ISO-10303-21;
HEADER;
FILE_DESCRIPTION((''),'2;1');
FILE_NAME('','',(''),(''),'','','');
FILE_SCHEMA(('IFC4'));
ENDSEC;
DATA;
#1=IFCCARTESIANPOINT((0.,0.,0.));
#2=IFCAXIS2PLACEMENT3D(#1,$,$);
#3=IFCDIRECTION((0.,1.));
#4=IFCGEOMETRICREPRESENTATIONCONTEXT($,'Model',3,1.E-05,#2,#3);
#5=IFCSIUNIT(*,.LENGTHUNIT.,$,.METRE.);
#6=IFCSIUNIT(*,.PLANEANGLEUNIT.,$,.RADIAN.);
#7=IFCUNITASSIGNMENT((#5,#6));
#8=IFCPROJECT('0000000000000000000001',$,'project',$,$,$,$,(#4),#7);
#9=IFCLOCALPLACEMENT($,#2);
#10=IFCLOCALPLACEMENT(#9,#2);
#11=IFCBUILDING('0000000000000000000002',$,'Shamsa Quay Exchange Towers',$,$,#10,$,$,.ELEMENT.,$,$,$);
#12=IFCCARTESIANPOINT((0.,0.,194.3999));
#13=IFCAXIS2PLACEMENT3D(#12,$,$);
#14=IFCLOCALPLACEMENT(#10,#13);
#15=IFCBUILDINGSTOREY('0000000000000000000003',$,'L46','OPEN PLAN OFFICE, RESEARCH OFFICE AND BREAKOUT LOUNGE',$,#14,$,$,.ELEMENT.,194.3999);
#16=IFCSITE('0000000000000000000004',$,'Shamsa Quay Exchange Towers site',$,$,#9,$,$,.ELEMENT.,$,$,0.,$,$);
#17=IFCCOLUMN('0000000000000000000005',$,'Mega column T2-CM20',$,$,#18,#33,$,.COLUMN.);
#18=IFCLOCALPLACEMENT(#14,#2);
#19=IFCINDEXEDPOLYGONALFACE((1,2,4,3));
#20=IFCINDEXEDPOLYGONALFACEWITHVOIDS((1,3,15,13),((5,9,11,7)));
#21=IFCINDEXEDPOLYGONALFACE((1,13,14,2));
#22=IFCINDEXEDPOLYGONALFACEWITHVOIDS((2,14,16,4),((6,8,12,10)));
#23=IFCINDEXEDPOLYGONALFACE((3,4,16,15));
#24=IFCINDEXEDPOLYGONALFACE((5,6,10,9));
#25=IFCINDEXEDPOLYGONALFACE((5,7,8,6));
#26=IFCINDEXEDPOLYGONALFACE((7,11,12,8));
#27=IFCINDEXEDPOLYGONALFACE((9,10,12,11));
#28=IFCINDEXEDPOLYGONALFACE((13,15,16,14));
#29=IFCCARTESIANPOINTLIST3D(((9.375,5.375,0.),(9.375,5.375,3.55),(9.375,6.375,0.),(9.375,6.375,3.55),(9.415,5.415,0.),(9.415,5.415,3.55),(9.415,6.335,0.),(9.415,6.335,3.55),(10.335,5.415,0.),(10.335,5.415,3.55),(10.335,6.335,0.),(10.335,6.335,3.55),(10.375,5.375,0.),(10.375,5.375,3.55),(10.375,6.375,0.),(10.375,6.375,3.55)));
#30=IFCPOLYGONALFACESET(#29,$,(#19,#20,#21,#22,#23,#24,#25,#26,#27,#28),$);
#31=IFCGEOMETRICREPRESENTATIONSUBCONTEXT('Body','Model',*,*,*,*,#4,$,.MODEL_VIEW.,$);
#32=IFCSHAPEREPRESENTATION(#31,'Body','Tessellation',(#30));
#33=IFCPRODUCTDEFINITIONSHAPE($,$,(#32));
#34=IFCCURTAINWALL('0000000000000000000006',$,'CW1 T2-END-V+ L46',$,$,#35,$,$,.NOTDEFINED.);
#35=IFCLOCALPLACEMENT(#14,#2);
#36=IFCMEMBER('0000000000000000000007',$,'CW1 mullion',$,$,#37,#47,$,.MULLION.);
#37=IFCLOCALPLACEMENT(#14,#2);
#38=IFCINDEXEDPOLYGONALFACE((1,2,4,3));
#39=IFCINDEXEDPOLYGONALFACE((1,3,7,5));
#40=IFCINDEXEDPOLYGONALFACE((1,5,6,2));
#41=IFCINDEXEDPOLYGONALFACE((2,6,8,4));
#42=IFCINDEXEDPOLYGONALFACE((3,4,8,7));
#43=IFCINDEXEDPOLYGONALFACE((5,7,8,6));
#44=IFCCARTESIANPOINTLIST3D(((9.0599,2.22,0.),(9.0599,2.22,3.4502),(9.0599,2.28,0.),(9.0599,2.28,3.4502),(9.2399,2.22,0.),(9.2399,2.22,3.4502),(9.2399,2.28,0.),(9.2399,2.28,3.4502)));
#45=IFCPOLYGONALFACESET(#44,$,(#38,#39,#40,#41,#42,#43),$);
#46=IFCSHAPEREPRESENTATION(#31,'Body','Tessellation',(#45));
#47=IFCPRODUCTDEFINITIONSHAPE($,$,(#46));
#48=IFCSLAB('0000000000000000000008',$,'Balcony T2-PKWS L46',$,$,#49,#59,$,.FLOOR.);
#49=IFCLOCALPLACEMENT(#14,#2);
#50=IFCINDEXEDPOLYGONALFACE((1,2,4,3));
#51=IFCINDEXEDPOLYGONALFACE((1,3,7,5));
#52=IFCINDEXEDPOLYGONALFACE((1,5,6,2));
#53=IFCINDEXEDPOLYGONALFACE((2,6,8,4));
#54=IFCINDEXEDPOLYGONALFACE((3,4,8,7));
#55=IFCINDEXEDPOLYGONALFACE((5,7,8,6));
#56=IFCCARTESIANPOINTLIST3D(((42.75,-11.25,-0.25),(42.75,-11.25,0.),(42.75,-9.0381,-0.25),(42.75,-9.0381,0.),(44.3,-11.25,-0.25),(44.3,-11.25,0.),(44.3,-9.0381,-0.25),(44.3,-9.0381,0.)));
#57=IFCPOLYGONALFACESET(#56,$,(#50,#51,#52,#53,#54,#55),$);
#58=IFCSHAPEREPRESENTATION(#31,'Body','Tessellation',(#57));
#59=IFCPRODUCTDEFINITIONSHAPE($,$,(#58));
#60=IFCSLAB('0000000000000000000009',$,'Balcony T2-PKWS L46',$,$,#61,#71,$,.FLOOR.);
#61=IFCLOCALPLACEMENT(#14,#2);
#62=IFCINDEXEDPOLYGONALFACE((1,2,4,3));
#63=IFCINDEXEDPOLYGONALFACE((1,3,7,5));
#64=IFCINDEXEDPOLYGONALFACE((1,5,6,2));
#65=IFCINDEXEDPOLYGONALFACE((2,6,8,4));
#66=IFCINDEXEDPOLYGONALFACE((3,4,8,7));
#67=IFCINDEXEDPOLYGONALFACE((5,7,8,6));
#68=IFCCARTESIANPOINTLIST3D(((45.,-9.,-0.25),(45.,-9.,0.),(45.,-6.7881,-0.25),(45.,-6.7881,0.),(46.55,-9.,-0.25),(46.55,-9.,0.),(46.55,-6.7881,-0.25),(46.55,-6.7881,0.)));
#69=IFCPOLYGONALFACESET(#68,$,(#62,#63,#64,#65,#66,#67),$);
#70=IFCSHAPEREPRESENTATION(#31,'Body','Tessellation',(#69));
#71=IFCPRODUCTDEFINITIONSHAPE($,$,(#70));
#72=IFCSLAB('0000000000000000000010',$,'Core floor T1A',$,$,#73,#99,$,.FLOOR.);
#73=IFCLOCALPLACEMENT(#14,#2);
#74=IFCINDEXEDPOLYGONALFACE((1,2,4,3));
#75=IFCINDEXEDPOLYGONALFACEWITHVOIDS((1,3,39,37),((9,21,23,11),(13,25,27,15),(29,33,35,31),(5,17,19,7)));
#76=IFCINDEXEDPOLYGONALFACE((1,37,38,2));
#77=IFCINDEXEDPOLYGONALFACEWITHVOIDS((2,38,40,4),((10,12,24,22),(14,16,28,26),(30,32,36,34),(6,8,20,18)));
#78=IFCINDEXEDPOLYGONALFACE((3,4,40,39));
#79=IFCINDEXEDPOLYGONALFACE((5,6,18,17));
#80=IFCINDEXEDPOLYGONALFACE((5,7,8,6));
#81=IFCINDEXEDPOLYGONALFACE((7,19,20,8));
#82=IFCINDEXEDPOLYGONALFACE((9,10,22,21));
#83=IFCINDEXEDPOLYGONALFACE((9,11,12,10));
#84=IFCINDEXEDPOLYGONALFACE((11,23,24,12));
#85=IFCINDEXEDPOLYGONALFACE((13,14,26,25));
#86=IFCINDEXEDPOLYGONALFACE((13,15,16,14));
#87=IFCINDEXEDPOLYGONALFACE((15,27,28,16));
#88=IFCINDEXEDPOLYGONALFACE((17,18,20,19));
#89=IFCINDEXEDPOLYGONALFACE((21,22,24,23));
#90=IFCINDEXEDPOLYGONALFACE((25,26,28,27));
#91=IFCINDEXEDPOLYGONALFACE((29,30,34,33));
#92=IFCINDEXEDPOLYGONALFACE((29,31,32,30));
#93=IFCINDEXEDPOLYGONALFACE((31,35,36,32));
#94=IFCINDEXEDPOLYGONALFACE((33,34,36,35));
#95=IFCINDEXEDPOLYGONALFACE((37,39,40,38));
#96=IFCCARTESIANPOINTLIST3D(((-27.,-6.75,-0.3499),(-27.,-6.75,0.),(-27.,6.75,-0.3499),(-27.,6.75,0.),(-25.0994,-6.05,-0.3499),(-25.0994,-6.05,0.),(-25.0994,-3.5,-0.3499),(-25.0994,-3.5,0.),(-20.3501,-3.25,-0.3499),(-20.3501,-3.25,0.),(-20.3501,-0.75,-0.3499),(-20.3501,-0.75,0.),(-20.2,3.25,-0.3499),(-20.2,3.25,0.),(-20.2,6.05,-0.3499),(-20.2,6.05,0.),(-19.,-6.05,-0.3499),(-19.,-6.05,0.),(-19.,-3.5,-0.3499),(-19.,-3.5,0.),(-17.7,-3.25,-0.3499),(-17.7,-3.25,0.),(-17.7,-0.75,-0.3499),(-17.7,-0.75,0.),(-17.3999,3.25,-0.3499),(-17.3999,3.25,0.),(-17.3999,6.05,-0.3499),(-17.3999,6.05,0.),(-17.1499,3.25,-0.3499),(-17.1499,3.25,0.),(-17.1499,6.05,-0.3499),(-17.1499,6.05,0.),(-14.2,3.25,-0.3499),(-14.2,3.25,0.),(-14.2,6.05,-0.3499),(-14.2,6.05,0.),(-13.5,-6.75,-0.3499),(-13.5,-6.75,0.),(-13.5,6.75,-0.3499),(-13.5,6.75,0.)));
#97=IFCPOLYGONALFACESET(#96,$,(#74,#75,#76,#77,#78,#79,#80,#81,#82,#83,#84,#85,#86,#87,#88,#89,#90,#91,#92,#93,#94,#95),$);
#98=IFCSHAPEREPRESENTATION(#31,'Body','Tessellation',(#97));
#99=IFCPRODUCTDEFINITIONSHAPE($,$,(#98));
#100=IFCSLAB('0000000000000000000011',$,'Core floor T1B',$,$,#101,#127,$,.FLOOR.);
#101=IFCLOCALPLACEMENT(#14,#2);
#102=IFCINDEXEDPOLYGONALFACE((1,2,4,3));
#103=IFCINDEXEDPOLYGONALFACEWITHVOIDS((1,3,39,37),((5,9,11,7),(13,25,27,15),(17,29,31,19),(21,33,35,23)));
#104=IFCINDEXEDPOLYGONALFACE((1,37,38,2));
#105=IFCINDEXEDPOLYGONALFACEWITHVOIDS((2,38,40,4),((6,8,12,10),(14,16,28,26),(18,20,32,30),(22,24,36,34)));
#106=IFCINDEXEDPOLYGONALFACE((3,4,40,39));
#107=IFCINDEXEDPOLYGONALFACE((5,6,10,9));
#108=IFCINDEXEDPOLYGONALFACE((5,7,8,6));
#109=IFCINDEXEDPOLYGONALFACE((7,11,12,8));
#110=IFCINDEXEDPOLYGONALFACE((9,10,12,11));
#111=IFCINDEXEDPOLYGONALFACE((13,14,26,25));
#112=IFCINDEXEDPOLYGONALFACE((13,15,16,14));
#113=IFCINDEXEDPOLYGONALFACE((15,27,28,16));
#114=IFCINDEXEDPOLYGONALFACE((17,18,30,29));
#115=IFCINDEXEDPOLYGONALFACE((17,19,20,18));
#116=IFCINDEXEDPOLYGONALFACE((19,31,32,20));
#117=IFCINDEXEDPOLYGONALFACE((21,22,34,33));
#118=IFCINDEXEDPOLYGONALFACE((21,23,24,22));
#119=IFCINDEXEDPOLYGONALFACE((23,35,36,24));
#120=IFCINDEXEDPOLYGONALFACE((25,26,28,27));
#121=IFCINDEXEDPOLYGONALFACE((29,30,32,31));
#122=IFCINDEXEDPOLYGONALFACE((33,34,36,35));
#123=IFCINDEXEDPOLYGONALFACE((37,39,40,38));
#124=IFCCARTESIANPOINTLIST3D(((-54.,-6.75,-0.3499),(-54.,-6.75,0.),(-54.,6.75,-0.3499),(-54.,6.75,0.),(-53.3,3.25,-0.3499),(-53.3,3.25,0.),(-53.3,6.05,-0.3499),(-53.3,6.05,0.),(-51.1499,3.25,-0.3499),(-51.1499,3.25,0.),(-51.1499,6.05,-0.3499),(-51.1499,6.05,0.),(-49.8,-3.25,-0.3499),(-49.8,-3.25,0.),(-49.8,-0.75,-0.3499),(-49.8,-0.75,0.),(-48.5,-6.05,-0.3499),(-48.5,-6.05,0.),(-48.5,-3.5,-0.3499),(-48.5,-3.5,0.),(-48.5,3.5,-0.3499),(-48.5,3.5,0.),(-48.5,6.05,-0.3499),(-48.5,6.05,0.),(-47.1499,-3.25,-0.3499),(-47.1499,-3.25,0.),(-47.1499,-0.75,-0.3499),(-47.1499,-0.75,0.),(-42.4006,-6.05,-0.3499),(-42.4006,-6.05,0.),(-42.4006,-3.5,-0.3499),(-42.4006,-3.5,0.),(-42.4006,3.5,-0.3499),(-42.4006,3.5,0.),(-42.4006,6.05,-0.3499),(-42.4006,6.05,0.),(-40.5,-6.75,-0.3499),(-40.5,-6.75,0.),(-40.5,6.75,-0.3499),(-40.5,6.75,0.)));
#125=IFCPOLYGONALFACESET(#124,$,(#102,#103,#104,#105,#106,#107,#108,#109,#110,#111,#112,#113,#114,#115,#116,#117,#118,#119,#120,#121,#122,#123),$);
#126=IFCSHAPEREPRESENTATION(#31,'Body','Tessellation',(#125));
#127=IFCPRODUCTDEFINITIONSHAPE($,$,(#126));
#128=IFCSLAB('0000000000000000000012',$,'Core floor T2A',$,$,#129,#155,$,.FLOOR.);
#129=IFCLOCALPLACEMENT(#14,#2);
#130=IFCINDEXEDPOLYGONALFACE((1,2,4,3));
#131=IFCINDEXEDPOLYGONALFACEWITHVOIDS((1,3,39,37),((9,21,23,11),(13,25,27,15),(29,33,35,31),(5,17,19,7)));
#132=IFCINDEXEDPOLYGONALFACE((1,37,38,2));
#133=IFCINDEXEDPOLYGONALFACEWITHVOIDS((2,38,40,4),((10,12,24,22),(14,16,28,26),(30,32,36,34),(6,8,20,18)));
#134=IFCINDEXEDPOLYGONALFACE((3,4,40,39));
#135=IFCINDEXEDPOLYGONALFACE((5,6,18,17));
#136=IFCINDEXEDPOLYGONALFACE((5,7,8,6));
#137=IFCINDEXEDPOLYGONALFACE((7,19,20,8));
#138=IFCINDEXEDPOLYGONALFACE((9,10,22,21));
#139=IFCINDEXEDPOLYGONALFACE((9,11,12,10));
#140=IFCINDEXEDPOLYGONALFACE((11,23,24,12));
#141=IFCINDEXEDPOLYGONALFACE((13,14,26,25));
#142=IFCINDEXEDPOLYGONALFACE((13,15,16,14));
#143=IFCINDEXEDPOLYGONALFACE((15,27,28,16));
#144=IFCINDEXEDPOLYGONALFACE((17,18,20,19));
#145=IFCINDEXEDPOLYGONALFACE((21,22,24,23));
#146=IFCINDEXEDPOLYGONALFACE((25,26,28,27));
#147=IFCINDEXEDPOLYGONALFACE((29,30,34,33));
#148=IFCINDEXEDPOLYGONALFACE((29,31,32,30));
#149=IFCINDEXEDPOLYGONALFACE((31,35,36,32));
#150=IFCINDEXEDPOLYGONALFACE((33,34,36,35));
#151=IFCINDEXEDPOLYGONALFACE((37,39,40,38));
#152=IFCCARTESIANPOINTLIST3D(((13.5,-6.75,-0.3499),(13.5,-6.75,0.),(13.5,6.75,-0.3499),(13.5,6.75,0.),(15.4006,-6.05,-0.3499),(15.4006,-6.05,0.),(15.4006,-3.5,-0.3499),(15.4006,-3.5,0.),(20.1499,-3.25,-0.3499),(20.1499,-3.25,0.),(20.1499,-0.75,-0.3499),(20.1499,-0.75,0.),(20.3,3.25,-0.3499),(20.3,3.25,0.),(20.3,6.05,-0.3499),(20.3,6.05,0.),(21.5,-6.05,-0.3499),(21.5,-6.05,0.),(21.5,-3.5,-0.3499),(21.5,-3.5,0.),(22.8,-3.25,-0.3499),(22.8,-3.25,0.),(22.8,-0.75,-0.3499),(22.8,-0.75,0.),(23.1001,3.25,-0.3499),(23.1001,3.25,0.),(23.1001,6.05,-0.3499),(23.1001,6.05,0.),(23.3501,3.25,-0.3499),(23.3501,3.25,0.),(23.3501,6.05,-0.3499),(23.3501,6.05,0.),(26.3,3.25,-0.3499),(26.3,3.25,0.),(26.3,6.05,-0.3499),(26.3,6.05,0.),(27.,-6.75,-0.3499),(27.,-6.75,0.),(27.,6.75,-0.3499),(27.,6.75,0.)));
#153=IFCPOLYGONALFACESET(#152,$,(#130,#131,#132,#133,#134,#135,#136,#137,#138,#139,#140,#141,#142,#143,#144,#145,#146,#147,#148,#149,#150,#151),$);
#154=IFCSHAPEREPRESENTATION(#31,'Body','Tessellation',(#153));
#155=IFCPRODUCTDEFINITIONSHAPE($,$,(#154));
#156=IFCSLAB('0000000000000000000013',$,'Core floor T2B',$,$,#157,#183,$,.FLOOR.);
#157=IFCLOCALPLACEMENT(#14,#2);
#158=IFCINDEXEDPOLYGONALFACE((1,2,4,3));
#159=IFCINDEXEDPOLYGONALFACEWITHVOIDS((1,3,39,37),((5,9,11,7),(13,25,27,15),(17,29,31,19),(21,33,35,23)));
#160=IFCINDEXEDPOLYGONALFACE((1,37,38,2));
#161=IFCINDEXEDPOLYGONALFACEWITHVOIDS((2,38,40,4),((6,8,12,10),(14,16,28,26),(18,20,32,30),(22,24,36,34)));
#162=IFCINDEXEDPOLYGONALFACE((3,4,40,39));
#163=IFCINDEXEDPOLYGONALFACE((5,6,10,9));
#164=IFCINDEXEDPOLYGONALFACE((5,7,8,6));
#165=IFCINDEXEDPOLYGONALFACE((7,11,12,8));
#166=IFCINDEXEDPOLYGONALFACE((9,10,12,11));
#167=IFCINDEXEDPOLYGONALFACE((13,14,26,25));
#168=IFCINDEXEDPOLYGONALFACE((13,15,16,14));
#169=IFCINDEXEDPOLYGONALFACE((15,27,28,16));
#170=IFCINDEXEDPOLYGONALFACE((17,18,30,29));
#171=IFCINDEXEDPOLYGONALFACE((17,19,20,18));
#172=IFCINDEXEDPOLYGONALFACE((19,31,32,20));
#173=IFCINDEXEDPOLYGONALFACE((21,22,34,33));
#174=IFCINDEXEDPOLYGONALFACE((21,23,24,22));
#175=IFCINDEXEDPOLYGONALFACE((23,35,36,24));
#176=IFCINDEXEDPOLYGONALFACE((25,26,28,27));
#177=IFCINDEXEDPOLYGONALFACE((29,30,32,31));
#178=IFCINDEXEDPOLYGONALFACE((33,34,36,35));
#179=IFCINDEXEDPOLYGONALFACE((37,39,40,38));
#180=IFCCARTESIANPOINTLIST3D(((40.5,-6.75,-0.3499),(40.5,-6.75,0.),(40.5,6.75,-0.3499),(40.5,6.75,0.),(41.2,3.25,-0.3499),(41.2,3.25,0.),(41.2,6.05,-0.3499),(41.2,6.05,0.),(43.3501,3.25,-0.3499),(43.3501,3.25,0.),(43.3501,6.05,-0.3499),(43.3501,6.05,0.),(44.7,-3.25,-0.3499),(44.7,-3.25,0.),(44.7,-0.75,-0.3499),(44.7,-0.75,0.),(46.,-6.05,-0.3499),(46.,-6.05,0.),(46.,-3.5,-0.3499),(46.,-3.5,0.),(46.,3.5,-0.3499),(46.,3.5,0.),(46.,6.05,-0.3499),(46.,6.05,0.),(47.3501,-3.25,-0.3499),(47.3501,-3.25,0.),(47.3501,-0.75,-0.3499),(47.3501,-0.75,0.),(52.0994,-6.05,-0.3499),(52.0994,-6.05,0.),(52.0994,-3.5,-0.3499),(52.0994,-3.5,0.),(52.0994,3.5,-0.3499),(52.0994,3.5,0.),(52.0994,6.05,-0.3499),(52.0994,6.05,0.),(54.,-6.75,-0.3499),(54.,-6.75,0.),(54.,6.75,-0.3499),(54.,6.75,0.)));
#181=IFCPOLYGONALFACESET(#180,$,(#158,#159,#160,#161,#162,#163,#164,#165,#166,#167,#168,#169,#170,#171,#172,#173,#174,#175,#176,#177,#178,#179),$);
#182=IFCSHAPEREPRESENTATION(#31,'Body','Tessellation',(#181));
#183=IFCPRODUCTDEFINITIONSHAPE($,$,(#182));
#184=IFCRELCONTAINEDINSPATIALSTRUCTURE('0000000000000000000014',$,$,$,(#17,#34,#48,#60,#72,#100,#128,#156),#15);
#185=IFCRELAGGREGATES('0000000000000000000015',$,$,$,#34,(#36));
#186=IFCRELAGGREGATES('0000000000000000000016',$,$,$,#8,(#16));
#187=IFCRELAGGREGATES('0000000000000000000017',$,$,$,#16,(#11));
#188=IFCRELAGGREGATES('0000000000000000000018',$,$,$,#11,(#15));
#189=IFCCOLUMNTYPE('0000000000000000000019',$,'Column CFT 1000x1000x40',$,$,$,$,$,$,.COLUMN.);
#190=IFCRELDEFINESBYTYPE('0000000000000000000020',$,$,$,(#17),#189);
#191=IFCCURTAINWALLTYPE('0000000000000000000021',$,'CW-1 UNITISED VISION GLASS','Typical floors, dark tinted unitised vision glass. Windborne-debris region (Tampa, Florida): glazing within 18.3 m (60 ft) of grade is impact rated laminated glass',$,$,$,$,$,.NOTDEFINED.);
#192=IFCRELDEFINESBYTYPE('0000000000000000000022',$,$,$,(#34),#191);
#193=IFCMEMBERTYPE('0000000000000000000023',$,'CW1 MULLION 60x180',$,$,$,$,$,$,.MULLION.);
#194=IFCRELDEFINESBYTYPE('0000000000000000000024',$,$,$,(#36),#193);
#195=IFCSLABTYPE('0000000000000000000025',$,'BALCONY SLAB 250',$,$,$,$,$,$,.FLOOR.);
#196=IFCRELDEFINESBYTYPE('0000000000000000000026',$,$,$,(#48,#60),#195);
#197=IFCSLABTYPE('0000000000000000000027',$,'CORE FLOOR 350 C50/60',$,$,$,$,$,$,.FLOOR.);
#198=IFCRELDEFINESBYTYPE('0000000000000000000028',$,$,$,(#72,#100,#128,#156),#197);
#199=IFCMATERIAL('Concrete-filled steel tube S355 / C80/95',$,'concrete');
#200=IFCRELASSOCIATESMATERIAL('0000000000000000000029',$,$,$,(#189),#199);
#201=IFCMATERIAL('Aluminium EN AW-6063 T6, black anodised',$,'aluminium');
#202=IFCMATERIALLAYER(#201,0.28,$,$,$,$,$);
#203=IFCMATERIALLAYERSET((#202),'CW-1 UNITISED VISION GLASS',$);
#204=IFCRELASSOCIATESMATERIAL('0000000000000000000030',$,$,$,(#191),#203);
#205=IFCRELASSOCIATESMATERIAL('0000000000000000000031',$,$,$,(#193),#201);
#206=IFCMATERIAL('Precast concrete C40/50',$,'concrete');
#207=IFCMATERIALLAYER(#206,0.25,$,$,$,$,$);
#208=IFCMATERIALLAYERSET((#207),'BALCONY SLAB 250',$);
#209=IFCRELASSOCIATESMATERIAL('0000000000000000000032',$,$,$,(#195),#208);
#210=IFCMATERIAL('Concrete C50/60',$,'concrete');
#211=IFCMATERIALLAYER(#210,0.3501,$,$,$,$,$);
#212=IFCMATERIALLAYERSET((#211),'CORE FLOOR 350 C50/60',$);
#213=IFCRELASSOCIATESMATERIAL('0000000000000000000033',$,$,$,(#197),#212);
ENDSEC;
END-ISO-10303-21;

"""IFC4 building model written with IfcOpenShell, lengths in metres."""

from ifc_helpers import new_model, si_unit, direction, frame, origin, origin_2d, place, context, subcontext, project, spatial, polyline, rectangle, hollow_rectangle, outline, extrude, material, layer, layer_set, material_profile, profile_set, type_object, element, aggregate, save


model = new_model("IFC4")

# Units and contexts
model_context = context("Model", 3, precision=1e-05, world=origin(), true_north=direction((0.0, 1.0)))
body_context = subcontext(model_context, "Body", "Model", "MODEL_VIEW")
ifc_project = project(units=[si_unit("LENGTHUNIT", "METRE"), si_unit("PLANEANGLEUNIT", "RADIAN")], contexts=[model_context])

# Site, building, storey
site_placement = place(None, origin())
site = spatial("IfcSite", under=ifc_project, at=site_placement, Name="Shamsa Quay Exchange Towers site", CompositionType="ELEMENT", RefElevation=0.0)
building_placement = place(site_placement, origin())
building = spatial("IfcBuilding", under=site, at=building_placement, Name="Shamsa Quay Exchange Towers", CompositionType="ELEMENT")
storey_placement = place(building_placement, frame((0.0, 0.0, 194.3999)))
storey = spatial("IfcBuildingStorey", under=building, at=storey_placement, Name="L46", Description="OPEN PLAN OFFICE, RESEARCH OFFICE AND BREAKOUT LOUNGE", CompositionType="ELEMENT", Elevation=194.3999)

# Column
ifc_material_1 = material(Name="Concrete-filled steel tube S355 / C80/95", Category="concrete")
ifc_material_profile_1 = material_profile(ifc_material_1, hollow_rectangle(XDim=1.0, YDim=1.0, WallThickness=0.04, at=origin_2d()), Name="CFT 1000x1000x40")
ifc_profile_set_1 = profile_set([ifc_material_profile_1], Name="Concrete-filled steel tube S355 / C80/95")
column_type = type_object("IfcColumnType", Name="Column CFT 1000x1000x40", PredefinedType="COLUMN", material=ifc_profile_set_1)
column_placement = place(storey_placement, frame((9.875, 5.875, 0.0)))
element("IfcColumn", 1, at=column_placement, inside=storey, type_object=column_type, Name="Mega column T2-CM20", PredefinedType="COLUMN", context=body_context, shape_type="SweptSolid", body=[
    extrude(hollow_rectangle(XDim=1.0, YDim=1.0, WallThickness=0.04, at=origin_2d()), origin(), (0.0, 0.0, 1.0), 3.55),
])

# Curtain wall, member
ifc_material_2 = material(Name="Aluminium EN AW-6063 T6, black anodised", Category="aluminium")
ifc_layer_1 = layer(ifc_material_2, 0.28)
ifc_layer_set_1 = layer_set([ifc_layer_1], Name="CW-1 UNITISED VISION GLASS")
curtain_wall_type_1 = type_object("IfcCurtainWallType", Name="CW-1 UNITISED VISION GLASS", Description="Typical floors, dark tinted unitised vision glass. Windborne-debris region (Tampa, Florida): glazing within 18.3 m (60 ft) of grade is impact rated laminated glass", PredefinedType="NOTDEFINED", material=ifc_layer_set_1)
curtain_wall_1_placement = place(storey_placement, origin())
curtain_wall_1 = element("IfcCurtainWall", 2, at=curtain_wall_1_placement, inside=storey, type_object=curtain_wall_type_1, Name="CW1 T2-END-V+ L46", PredefinedType="NOTDEFINED")
ifc_material_profile_2 = material_profile(ifc_material_2, rectangle(XDim=0.1799, YDim=0.0601, at=origin_2d()), Name="MU60x180")
ifc_profile_set_2 = profile_set([ifc_material_profile_2], Name="Aluminium EN AW-6063 T6, black anodised")
member_type = type_object("IfcMemberType", Name="CW1 MULLION 60x180", PredefinedType="MULLION", material=ifc_profile_set_2)
member_placement = place(storey_placement, frame((9.1499, 2.25, 0.0)))
member = element("IfcMember", 3, at=member_placement, type_object=member_type, Name="CW1 mullion", PredefinedType="MULLION", context=body_context, shape_type="SweptSolid", body=[
    extrude(rectangle(XDim=0.1799, YDim=0.0601, at=origin_2d()), origin(), (0.0, 0.0, 1.0), 3.4502),
])

# Slabs
ifc_material_3 = material(Name="Precast concrete C40/50", Category="concrete")
ifc_layer_2 = layer(ifc_material_3, 0.25)
ifc_layer_set_2 = layer_set([ifc_layer_2], Name="BALCONY SLAB 250")
slab_type_1 = type_object("IfcSlabType", Name="BALCONY SLAB 250", PredefinedType="FLOOR", material=ifc_layer_set_2)
slab_1_placement = place(storey_placement, frame((0.0, 0.0, -0.25)))
element("IfcSlab", 4, at=slab_1_placement, inside=storey, type_object=slab_type_1, Name="Balcony T2-PKWS L46", PredefinedType="FLOOR", context=body_context, shape_type="SweptSolid", body=[
    extrude(outline(polyline([(42.75, -11.25), (42.75, -9.0381), (44.3, -9.0381), (44.3, -11.25), (42.75, -11.25)])), origin(), (0.0, 0.0, 1.0), 0.25),
])
slab_2_placement = place(storey_placement, frame((0.0, 0.0, -0.25)))
element("IfcSlab", 5, at=slab_2_placement, inside=storey, type_object=slab_type_1, Name="Balcony T2-PKWS L46", PredefinedType="FLOOR", context=body_context, shape_type="SweptSolid", body=[
    extrude(outline(polyline([(45.0, -9.0), (45.0, -6.7881), (46.55, -6.7881), (46.55, -9.0), (45.0, -9.0)])), origin(), (0.0, 0.0, 1.0), 0.25),
])
ifc_material_4 = material(Name="Concrete C50/60", Category="concrete")
ifc_layer_3 = layer(ifc_material_4, 0.3501)
ifc_layer_set_3 = layer_set([ifc_layer_3], Name="CORE FLOOR 350 C50/60")
slab_type_2 = type_object("IfcSlabType", Name="CORE FLOOR 350 C50/60", PredefinedType="FLOOR", material=ifc_layer_set_3)
slab_3_placement = place(storey_placement, frame((0.0, 0.0, -0.3499)))
element("IfcSlab", 6, at=slab_3_placement, inside=storey, type_object=slab_type_2, Name="Core floor T1A", PredefinedType="FLOOR", context=body_context, shape_type="SweptSolid", body=[
    extrude(outline(polyline([(-27.0, -6.75), (-13.5, -6.75), (-13.5, 6.75), (-27.0, 6.75), (-27.0, -6.75)]), holes=[polyline([(-25.0994, -6.05), (-25.0994, -3.5), (-19.0, -3.5), (-19.0, -6.05), (-25.0994, -6.05)]), polyline([(-20.2, 3.25), (-20.2, 6.05), (-17.3999, 6.05), (-17.3999, 3.25), (-20.2, 3.25)]), polyline([(-17.1499, 3.25), (-17.1499, 6.05), (-14.2, 6.05), (-14.2, 3.25), (-17.1499, 3.25)]), polyline([(-20.3501, -3.25), (-20.3501, -0.75), (-17.7, -0.75), (-17.7, -3.25), (-20.3501, -3.25)])]), origin(), (0.0, 0.0, 1.0), 0.3499),
])
slab_4_placement = place(storey_placement, frame((0.0, 0.0, -0.3499)))
element("IfcSlab", 7, at=slab_4_placement, inside=storey, type_object=slab_type_2, Name="Core floor T1B", PredefinedType="FLOOR", context=body_context, shape_type="SweptSolid", body=[
    extrude(outline(polyline([(-40.5, -6.75), (-40.5, 6.75), (-54.0, 6.75), (-54.0, -6.75), (-40.5, -6.75)]), holes=[polyline([(-42.4006, -3.5), (-42.4006, -6.05), (-48.5, -6.05), (-48.5, -3.5), (-42.4006, -3.5)]), polyline([(-42.4006, 6.05), (-42.4006, 3.5), (-48.5, 3.5), (-48.5, 6.05), (-42.4006, 6.05)]), polyline([(-51.1499, 3.25), (-53.3, 3.25), (-53.3, 6.05), (-51.1499, 6.05), (-51.1499, 3.25)]), polyline([(-47.1499, -3.25), (-49.8, -3.25), (-49.8, -0.75), (-47.1499, -0.75), (-47.1499, -3.25)])]), origin(), (0.0, 0.0, 1.0), 0.3499),
])
slab_5_placement = place(storey_placement, frame((0.0, 0.0, -0.3499)))
element("IfcSlab", 8, at=slab_5_placement, inside=storey, type_object=slab_type_2, Name="Core floor T2A", PredefinedType="FLOOR", context=body_context, shape_type="SweptSolid", body=[
    extrude(outline(polyline([(13.5, -6.75), (27.0, -6.75), (27.0, 6.75), (13.5, 6.75), (13.5, -6.75)]), holes=[polyline([(15.4006, -6.05), (15.4006, -3.5), (21.5, -3.5), (21.5, -6.05), (15.4006, -6.05)]), polyline([(20.3, 3.25), (20.3, 6.05), (23.1001, 6.05), (23.1001, 3.25), (20.3, 3.25)]), polyline([(23.3501, 3.25), (23.3501, 6.05), (26.3, 6.05), (26.3, 3.25), (23.3501, 3.25)]), polyline([(20.1499, -3.25), (20.1499, -0.75), (22.8, -0.75), (22.8, -3.25), (20.1499, -3.25)])]), origin(), (0.0, 0.0, 1.0), 0.3499),
])
slab_6_placement = place(storey_placement, frame((0.0, 0.0, -0.3499)))
element("IfcSlab", 9, at=slab_6_placement, inside=storey, type_object=slab_type_2, Name="Core floor T2B", PredefinedType="FLOOR", context=body_context, shape_type="SweptSolid", body=[
    extrude(outline(polyline([(54.0, -6.75), (54.0, 6.75), (40.5, 6.75), (40.5, -6.75), (54.0, -6.75)]), holes=[polyline([(52.0994, -3.5), (52.0994, -6.05), (46.0, -6.05), (46.0, -3.5), (52.0994, -3.5)]), polyline([(52.0994, 6.05), (52.0994, 3.5), (46.0, 3.5), (46.0, 6.05), (52.0994, 6.05)]), polyline([(43.3501, 3.25), (41.2, 3.25), (41.2, 6.05), (43.3501, 6.05), (43.3501, 3.25)]), polyline([(47.3501, -3.25), (44.7, -3.25), (44.7, -0.75), (47.3501, -0.75), (47.3501, -3.25)])]), origin(), (0.0, 0.0, 1.0), 0.3499),
])

aggregate(curtain_wall_1, [member])

save(model, "model.ifc")
